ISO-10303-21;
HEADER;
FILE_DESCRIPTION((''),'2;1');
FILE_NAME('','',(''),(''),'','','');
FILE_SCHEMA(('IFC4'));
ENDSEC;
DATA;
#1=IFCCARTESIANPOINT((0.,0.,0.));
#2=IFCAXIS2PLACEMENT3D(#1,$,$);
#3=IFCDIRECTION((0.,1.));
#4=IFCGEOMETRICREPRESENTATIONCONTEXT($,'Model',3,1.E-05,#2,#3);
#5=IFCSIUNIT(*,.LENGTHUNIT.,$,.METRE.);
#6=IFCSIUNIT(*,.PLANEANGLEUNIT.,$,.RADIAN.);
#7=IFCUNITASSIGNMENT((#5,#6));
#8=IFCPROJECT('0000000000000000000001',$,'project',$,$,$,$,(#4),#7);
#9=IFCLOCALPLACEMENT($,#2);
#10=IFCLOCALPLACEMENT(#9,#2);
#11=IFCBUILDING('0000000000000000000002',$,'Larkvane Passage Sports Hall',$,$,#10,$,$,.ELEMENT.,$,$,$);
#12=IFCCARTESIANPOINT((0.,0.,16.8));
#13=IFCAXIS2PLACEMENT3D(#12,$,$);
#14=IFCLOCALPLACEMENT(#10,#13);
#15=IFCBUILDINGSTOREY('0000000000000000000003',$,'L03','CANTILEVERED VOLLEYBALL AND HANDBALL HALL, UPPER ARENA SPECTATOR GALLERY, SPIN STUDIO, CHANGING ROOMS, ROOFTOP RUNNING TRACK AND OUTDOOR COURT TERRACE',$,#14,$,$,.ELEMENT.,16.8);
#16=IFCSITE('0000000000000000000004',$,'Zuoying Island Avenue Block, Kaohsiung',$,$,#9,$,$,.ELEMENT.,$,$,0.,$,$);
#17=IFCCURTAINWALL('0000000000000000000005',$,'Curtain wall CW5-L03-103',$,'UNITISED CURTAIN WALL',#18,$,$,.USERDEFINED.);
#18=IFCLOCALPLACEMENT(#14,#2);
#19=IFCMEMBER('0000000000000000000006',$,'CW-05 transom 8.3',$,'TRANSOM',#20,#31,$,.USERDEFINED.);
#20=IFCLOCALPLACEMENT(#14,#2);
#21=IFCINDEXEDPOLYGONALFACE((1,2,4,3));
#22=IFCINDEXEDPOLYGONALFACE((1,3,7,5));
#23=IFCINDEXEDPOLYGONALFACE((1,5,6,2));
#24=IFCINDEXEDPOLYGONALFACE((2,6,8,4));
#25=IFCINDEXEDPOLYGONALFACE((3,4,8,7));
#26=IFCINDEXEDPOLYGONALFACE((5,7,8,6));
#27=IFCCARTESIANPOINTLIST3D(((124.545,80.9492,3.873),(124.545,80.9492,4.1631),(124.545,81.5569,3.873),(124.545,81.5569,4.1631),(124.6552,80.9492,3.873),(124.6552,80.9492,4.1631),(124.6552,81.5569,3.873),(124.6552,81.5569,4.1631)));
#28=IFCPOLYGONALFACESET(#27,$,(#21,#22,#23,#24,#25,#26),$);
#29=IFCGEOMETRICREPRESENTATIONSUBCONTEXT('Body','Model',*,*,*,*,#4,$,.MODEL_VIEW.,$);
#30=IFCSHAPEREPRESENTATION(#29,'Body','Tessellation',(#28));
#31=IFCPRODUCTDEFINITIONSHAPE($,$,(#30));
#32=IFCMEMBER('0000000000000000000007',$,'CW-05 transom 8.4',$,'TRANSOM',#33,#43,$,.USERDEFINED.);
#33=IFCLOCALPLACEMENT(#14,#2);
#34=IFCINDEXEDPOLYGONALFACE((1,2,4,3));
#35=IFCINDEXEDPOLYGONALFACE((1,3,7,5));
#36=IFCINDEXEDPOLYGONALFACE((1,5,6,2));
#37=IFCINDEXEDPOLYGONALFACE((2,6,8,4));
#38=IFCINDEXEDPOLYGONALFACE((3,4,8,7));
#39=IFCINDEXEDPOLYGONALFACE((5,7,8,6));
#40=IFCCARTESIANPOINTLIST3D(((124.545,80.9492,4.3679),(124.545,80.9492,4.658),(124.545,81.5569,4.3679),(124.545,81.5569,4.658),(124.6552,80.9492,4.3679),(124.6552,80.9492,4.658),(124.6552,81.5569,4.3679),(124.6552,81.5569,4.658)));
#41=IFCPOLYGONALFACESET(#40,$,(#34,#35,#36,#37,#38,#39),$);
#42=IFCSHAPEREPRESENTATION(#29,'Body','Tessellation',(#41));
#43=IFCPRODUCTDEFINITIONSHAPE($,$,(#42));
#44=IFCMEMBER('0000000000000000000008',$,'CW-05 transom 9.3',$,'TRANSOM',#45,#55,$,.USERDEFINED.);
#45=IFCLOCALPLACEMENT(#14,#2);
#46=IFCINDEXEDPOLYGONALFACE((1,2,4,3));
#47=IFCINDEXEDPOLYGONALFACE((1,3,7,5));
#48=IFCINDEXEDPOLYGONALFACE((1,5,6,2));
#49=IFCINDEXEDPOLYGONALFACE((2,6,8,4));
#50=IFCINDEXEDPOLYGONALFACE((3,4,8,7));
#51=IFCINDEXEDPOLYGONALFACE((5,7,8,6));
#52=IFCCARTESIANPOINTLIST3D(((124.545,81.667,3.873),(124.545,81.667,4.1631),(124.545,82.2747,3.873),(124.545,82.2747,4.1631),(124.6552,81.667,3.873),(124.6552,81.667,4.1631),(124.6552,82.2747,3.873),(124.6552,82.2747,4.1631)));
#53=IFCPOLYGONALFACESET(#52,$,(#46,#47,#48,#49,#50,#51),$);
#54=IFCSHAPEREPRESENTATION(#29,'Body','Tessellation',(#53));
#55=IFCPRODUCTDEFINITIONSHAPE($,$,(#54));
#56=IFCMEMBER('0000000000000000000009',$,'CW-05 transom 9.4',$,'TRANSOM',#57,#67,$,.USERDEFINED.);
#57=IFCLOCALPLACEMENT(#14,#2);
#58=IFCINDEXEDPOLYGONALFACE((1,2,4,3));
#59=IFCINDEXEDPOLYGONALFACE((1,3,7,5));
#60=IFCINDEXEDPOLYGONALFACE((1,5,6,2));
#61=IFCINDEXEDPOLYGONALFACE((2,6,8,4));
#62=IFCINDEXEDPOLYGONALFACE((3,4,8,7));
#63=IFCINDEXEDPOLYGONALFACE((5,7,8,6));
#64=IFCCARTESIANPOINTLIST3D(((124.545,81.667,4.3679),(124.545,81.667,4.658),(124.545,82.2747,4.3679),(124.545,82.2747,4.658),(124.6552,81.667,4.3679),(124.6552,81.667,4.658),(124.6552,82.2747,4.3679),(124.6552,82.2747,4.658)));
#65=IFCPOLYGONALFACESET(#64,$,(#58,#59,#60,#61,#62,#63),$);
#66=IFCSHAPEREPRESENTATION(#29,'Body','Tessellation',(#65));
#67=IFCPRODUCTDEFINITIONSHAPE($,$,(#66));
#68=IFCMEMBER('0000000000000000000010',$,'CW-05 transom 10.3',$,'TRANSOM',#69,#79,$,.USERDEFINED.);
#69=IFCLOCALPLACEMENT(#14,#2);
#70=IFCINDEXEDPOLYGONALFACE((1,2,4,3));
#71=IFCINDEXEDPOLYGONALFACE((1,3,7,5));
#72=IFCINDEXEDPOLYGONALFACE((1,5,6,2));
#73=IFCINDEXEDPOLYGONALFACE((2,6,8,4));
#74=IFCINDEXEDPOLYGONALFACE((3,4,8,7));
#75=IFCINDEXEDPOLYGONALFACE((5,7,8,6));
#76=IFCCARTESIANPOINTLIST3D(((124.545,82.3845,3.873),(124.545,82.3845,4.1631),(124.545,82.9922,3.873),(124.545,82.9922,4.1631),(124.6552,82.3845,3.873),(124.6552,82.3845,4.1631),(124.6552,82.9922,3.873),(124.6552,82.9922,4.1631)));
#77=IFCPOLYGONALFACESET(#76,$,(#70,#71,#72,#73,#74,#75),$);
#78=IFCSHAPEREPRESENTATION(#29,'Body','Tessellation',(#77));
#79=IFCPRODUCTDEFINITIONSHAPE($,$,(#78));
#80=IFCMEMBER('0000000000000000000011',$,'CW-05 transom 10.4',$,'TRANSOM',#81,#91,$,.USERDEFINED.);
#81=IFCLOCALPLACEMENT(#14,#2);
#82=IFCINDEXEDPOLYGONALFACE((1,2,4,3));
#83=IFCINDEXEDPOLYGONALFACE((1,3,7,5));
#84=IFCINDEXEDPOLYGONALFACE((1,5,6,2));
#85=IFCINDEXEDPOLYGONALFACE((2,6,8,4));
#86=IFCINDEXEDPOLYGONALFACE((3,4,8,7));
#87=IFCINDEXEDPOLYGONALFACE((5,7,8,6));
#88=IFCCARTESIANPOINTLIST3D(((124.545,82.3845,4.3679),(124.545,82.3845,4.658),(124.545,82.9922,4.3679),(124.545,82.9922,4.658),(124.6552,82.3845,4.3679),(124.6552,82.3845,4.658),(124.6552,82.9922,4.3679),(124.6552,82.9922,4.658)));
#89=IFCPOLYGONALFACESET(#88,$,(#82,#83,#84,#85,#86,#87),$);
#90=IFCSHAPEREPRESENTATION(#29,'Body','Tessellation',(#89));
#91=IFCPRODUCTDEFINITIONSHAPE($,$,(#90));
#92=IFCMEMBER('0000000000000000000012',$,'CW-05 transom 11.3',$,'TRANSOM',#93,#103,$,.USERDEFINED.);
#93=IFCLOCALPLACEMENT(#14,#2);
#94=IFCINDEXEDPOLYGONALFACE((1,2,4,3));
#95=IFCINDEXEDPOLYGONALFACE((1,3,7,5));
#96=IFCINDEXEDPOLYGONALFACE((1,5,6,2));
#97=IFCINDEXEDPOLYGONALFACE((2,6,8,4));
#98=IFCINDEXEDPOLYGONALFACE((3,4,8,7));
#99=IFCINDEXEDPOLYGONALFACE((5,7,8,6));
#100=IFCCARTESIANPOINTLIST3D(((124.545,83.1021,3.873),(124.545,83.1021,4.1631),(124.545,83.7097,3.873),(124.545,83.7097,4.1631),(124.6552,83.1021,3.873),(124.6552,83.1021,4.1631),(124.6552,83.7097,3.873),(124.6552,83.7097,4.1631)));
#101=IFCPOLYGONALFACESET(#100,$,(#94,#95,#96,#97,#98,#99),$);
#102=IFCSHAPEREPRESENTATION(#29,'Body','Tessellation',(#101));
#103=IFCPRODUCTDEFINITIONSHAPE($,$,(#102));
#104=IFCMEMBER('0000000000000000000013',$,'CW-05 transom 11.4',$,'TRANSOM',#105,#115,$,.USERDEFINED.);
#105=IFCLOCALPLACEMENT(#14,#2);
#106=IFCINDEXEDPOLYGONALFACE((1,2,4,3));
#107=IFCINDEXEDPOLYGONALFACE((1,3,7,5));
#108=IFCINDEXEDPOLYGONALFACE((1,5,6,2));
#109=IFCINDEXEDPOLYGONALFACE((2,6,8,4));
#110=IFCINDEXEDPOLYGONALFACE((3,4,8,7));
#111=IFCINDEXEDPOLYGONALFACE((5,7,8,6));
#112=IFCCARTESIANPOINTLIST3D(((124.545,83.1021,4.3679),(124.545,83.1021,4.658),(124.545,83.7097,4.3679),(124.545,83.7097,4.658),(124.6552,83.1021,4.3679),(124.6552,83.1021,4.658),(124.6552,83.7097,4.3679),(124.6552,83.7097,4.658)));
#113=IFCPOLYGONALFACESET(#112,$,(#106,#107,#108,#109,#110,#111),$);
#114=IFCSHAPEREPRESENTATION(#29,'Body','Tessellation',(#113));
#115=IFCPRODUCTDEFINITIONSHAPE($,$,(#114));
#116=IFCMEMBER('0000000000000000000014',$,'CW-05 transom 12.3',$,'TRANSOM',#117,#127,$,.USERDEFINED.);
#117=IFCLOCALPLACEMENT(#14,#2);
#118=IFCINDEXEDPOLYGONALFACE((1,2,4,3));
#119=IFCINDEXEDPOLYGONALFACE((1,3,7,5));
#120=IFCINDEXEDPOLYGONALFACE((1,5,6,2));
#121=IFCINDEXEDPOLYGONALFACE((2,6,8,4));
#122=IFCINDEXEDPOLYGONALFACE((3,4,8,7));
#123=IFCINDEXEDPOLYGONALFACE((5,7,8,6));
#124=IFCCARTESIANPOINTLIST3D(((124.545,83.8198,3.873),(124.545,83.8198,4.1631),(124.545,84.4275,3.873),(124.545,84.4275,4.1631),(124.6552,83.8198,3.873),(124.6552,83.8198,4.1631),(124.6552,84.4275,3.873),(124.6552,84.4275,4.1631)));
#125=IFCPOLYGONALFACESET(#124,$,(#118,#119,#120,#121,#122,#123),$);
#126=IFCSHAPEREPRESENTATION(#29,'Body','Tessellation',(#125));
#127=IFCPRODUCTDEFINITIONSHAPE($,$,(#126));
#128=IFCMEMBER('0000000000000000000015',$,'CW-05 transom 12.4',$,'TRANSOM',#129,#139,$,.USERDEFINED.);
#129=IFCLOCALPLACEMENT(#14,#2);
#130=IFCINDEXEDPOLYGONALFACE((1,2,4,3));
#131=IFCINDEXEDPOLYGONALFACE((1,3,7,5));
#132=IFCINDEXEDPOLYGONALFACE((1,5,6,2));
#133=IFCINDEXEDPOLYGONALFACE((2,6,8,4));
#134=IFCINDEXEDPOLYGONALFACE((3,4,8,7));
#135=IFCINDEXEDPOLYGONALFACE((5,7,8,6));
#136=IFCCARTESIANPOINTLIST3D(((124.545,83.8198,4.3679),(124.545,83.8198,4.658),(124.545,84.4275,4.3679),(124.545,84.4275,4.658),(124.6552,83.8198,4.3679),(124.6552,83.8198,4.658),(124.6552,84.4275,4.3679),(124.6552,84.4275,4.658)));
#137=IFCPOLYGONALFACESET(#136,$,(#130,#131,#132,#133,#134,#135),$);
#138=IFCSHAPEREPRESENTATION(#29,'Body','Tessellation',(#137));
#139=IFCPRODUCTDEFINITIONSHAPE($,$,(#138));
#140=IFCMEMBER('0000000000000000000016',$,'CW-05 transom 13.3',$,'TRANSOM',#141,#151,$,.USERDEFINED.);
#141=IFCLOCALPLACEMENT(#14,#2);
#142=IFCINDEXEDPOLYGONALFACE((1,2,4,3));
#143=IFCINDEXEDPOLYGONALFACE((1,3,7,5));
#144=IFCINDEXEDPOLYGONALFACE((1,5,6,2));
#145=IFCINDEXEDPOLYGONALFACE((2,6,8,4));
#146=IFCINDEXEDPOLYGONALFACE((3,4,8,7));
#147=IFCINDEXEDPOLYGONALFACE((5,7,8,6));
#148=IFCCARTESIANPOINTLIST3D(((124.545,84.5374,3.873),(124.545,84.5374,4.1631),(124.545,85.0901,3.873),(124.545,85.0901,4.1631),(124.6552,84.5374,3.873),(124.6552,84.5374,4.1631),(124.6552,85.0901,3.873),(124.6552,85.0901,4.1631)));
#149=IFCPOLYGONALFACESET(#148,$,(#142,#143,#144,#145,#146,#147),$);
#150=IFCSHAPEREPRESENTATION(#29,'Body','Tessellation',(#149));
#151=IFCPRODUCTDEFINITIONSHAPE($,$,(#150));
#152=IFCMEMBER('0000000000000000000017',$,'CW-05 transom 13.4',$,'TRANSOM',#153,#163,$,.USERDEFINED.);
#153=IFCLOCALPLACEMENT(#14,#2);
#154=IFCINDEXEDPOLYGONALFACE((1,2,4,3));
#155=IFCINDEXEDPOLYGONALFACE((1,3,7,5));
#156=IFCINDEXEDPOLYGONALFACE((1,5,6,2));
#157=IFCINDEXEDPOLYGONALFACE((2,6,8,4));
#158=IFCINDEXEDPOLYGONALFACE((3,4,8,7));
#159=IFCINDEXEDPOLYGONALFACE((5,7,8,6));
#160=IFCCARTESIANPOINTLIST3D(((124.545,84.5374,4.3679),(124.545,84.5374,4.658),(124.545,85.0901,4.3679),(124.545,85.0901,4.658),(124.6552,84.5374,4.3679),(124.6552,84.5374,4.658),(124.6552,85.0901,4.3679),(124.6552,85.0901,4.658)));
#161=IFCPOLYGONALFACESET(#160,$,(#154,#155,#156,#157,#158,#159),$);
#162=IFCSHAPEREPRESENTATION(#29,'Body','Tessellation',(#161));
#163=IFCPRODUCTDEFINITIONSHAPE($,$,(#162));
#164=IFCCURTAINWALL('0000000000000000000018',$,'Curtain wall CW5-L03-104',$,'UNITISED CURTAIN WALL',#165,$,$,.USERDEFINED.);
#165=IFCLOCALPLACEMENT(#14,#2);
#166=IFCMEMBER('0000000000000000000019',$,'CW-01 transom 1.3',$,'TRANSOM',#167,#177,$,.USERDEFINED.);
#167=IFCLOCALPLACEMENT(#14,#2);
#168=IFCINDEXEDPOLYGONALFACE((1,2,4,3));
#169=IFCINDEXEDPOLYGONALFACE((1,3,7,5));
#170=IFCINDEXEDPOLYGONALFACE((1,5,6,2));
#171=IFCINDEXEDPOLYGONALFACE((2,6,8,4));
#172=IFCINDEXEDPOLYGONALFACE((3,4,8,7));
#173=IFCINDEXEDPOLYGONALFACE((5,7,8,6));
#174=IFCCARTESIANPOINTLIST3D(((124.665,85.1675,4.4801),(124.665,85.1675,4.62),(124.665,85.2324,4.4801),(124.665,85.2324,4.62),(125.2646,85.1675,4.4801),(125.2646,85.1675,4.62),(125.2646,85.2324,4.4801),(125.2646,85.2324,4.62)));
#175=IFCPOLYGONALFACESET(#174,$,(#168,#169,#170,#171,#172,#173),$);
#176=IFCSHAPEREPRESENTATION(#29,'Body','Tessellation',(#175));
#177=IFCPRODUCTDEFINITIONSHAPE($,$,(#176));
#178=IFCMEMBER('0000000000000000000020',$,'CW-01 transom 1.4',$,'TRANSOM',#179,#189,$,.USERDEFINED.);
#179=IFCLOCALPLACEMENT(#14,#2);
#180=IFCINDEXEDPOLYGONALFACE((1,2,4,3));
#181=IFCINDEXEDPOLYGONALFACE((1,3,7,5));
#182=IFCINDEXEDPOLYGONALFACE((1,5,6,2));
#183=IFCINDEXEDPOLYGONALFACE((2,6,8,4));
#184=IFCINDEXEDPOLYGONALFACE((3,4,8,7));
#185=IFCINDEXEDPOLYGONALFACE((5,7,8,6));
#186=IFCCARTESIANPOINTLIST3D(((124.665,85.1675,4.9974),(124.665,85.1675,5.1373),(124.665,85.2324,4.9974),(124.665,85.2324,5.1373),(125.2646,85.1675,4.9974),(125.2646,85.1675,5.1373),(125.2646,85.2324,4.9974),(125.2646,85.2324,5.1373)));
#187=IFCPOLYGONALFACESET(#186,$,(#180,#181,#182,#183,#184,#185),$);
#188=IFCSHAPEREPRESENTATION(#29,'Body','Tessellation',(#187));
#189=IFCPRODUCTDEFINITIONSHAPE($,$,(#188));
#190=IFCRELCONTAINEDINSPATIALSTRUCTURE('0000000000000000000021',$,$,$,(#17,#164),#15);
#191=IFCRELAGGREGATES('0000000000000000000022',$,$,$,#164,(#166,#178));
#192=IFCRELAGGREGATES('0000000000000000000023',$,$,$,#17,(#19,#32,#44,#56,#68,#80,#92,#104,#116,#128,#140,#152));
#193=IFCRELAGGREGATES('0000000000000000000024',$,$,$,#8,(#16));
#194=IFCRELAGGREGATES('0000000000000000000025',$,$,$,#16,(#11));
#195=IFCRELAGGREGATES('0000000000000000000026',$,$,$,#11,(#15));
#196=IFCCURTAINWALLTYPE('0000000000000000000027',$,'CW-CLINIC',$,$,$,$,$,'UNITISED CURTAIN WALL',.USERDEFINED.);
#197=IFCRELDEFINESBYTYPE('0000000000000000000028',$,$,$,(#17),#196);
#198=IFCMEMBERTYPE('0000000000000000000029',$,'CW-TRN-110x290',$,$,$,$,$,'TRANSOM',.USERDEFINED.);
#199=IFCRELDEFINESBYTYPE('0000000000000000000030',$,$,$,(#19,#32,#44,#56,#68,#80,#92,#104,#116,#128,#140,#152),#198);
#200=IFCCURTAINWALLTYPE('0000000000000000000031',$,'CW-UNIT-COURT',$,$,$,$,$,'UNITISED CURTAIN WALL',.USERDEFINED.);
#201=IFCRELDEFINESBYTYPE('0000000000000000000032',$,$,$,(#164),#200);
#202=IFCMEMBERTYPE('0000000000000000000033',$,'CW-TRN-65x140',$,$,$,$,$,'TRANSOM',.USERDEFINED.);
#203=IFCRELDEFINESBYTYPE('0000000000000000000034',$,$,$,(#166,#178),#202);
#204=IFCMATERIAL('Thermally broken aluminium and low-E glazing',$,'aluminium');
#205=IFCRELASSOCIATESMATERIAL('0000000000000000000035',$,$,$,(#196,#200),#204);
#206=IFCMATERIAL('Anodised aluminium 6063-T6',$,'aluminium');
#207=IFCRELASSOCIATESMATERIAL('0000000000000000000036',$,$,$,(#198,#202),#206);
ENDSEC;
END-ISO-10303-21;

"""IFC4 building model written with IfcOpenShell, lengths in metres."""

from ifc_helpers import new_model, si_unit, direction, frame, origin, origin_2d, place, context, subcontext, project, spatial, rectangle, extrude, material, material_profile, profile_set, type_object, element, aggregate, save


model = new_model("IFC4")

# Units and contexts
model_context = context("Model", 3, precision=1e-05, world=origin(), true_north=direction((0.0, 1.0)))
body_context = subcontext(model_context, "Body", "Model", "MODEL_VIEW")
ifc_project = project(units=[si_unit("LENGTHUNIT", "METRE"), si_unit("PLANEANGLEUNIT", "RADIAN")], contexts=[model_context])

# Site, building, storey
site_placement = place(None, origin())
site = spatial("IfcSite", under=ifc_project, at=site_placement, Name="Zuoying Island Avenue Block, Kaohsiung", CompositionType="ELEMENT", RefElevation=0.0)
building_placement = place(site_placement, origin())
building = spatial("IfcBuilding", under=site, at=building_placement, Name="Larkvane Passage Sports Hall", CompositionType="ELEMENT")
storey_placement = place(building_placement, frame((0.0, 0.0, 16.8)))
storey = spatial("IfcBuildingStorey", under=building, at=storey_placement, Name="L03", Description="CANTILEVERED VOLLEYBALL AND HANDBALL HALL, UPPER ARENA SPECTATOR GALLERY, SPIN STUDIO, CHANGING ROOMS, ROOFTOP RUNNING TRACK AND OUTDOOR COURT TERRACE", CompositionType="ELEMENT", Elevation=16.8)

# Curtain wall, members
ifc_material_1 = material(Name="Thermally broken aluminium and low-E glazing", Category="aluminium")
curtain_wall_type_1 = type_object("IfcCurtainWallType", Name="CW-CLINIC", ElementType="UNITISED CURTAIN WALL", PredefinedType="USERDEFINED", material=ifc_material_1)
curtain_wall_1_placement = place(storey_placement, origin())
curtain_wall_1 = element("IfcCurtainWall", 1, at=curtain_wall_1_placement, inside=storey, type_object=curtain_wall_type_1, Name="Curtain wall CW5-L03-103", ObjectType="UNITISED CURTAIN WALL", PredefinedType="USERDEFINED")
ifc_material_2 = material(Name="Anodised aluminium 6063-T6", Category="aluminium")
ifc_material_profile_1 = material_profile(ifc_material_2, rectangle(XDim=0.1101, YDim=0.29, at=origin_2d()), Name="ALU-TRN-110x290")
ifc_profile_set_1 = profile_set([ifc_material_profile_1], Name="Anodised aluminium 6063-T6")
member_type_1 = type_object("IfcMemberType", Name="CW-TRN-110x290", ElementType="TRANSOM", PredefinedType="USERDEFINED", material=ifc_profile_set_1)
member_1_placement = place(storey_placement, frame((124.6001, 80.9492, 4.0181), z_axis=(0.0, 1.0, 0.0), x_axis=(-1.0, 0.0, 0.0)))
member_1 = element("IfcMember", 2, at=member_1_placement, type_object=member_type_1, Name="CW-05 transom 8.3", ObjectType="TRANSOM", PredefinedType="USERDEFINED", context=body_context, shape_type="SweptSolid", body=[
    extrude(rectangle(XDim=0.1101, YDim=0.29, at=origin_2d()), origin(), (0.0, 0.0, 1.0), 0.6077),
])
member_2_placement = place(storey_placement, frame((124.6001, 80.9492, 4.5129), z_axis=(0.0, 1.0, 0.0), x_axis=(-1.0, 0.0, 0.0)))
member_2 = element("IfcMember", 3, at=member_2_placement, type_object=member_type_1, Name="CW-05 transom 8.4", ObjectType="TRANSOM", PredefinedType="USERDEFINED", context=body_context, shape_type="SweptSolid", body=[
    extrude(rectangle(XDim=0.1101, YDim=0.29, at=origin_2d()), origin(), (0.0, 0.0, 1.0), 0.6077),
])
member_3_placement = place(storey_placement, frame((124.6001, 81.667, 4.0181), z_axis=(0.0, 1.0, 0.0), x_axis=(-1.0, 0.0, 0.0)))
member_3 = element("IfcMember", 4, at=member_3_placement, type_object=member_type_1, Name="CW-05 transom 9.3", ObjectType="TRANSOM", PredefinedType="USERDEFINED", context=body_context, shape_type="SweptSolid", body=[
    extrude(rectangle(XDim=0.1101, YDim=0.29, at=origin_2d()), origin(), (0.0, 0.0, 1.0), 0.6077),
])
member_4_placement = place(storey_placement, frame((124.6001, 81.667, 4.5129), z_axis=(0.0, 1.0, 0.0), x_axis=(-1.0, 0.0, 0.0)))
member_4 = element("IfcMember", 5, at=member_4_placement, type_object=member_type_1, Name="CW-05 transom 9.4", ObjectType="TRANSOM", PredefinedType="USERDEFINED", context=body_context, shape_type="SweptSolid", body=[
    extrude(rectangle(XDim=0.1101, YDim=0.29, at=origin_2d()), origin(), (0.0, 0.0, 1.0), 0.6077),
])
member_5_placement = place(storey_placement, frame((124.6001, 82.3845, 4.0181), z_axis=(0.0, 1.0, 0.0), x_axis=(-1.0, 0.0, 0.0)))
member_5 = element("IfcMember", 6, at=member_5_placement, type_object=member_type_1, Name="CW-05 transom 10.3", ObjectType="TRANSOM", PredefinedType="USERDEFINED", context=body_context, shape_type="SweptSolid", body=[
    extrude(rectangle(XDim=0.1101, YDim=0.29, at=origin_2d()), origin(), (0.0, 0.0, 1.0), 0.6077),
])
member_6_placement = place(storey_placement, frame((124.6001, 82.3845, 4.5129), z_axis=(0.0, 1.0, 0.0), x_axis=(-1.0, 0.0, 0.0)))
member_6 = element("IfcMember", 7, at=member_6_placement, type_object=member_type_1, Name="CW-05 transom 10.4", ObjectType="TRANSOM", PredefinedType="USERDEFINED", context=body_context, shape_type="SweptSolid", body=[
    extrude(rectangle(XDim=0.1101, YDim=0.29, at=origin_2d()), origin(), (0.0, 0.0, 1.0), 0.6077),
])
member_7_placement = place(storey_placement, frame((124.6001, 83.1021, 4.0181), z_axis=(0.0, 1.0, 0.0), x_axis=(-1.0, 0.0, 0.0)))
member_7 = element("IfcMember", 8, at=member_7_placement, type_object=member_type_1, Name="CW-05 transom 11.3", ObjectType="TRANSOM", PredefinedType="USERDEFINED", context=body_context, shape_type="SweptSolid", body=[
    extrude(rectangle(XDim=0.1101, YDim=0.29, at=origin_2d()), origin(), (0.0, 0.0, 1.0), 0.6077),
])
member_8_placement = place(storey_placement, frame((124.6001, 83.1021, 4.5129), z_axis=(0.0, 1.0, 0.0), x_axis=(-1.0, 0.0, 0.0)))
member_8 = element("IfcMember", 9, at=member_8_placement, type_object=member_type_1, Name="CW-05 transom 11.4", ObjectType="TRANSOM", PredefinedType="USERDEFINED", context=body_context, shape_type="SweptSolid", body=[
    extrude(rectangle(XDim=0.1101, YDim=0.29, at=origin_2d()), origin(), (0.0, 0.0, 1.0), 0.6077),
])
member_9_placement = place(storey_placement, frame((124.6001, 83.8198, 4.0181), z_axis=(0.0, 1.0, 0.0), x_axis=(-1.0, 0.0, 0.0)))
member_9 = element("IfcMember", 10, at=member_9_placement, type_object=member_type_1, Name="CW-05 transom 12.3", ObjectType="TRANSOM", PredefinedType="USERDEFINED", context=body_context, shape_type="SweptSolid", body=[
    extrude(rectangle(XDim=0.1101, YDim=0.29, at=origin_2d()), origin(), (0.0, 0.0, 1.0), 0.6077),
])
member_10_placement = place(storey_placement, frame((124.6001, 83.8198, 4.5129), z_axis=(0.0, 1.0, 0.0), x_axis=(-1.0, 0.0, 0.0)))
member_10 = element("IfcMember", 11, at=member_10_placement, type_object=member_type_1, Name="CW-05 transom 12.4", ObjectType="TRANSOM", PredefinedType="USERDEFINED", context=body_context, shape_type="SweptSolid", body=[
    extrude(rectangle(XDim=0.1101, YDim=0.29, at=origin_2d()), origin(), (0.0, 0.0, 1.0), 0.6077),
])
member_11_placement = place(storey_placement, frame((124.6001, 84.5374, 4.0181), z_axis=(0.0, 1.0, 0.0), x_axis=(-1.0, 0.0, 0.0)))
member_11 = element("IfcMember", 12, at=member_11_placement, type_object=member_type_1, Name="CW-05 transom 13.3", ObjectType="TRANSOM", PredefinedType="USERDEFINED", context=body_context, shape_type="SweptSolid", body=[
    extrude(rectangle(XDim=0.1101, YDim=0.29, at=origin_2d()), origin(), (0.0, 0.0, 1.0), 0.5527),
])
member_12_placement = place(storey_placement, frame((124.6001, 84.5374, 4.5129), z_axis=(0.0, 1.0, 0.0), x_axis=(-1.0, 0.0, 0.0)))
member_12 = element("IfcMember", 13, at=member_12_placement, type_object=member_type_1, Name="CW-05 transom 13.4", ObjectType="TRANSOM", PredefinedType="USERDEFINED", context=body_context, shape_type="SweptSolid", body=[
    extrude(rectangle(XDim=0.1101, YDim=0.29, at=origin_2d()), origin(), (0.0, 0.0, 1.0), 0.5527),
])

# Curtain wall, members
curtain_wall_type_2 = type_object("IfcCurtainWallType", Name="CW-UNIT-COURT", ElementType="UNITISED CURTAIN WALL", PredefinedType="USERDEFINED", material=ifc_material_1)
curtain_wall_2_placement = place(storey_placement, origin())
curtain_wall_2 = element("IfcCurtainWall", 14, at=curtain_wall_2_placement, inside=storey, type_object=curtain_wall_type_2, Name="Curtain wall CW5-L03-104", ObjectType="UNITISED CURTAIN WALL", PredefinedType="USERDEFINED")
ifc_material_profile_2 = material_profile(ifc_material_2, rectangle(XDim=0.0649, YDim=0.1399, at=origin_2d()), Name="ALU-TRN-65x140")
ifc_profile_set_2 = profile_set([ifc_material_profile_2], Name="Anodised aluminium 6063-T6")
member_type_2 = type_object("IfcMemberType", Name="CW-TRN-65x140", ElementType="TRANSOM", PredefinedType="USERDEFINED", material=ifc_profile_set_2)
member_13_placement = place(storey_placement, frame((124.665, 85.2, 4.55), z_axis=(1.0, 0.0, 0.0), x_axis=(0.0, 1.0, 0.0)))
member_13 = element("IfcMember", 15, at=member_13_placement, type_object=member_type_2, Name="CW-01 transom 1.3", ObjectType="TRANSOM", PredefinedType="USERDEFINED", context=body_context, shape_type="SweptSolid", body=[
    extrude(rectangle(XDim=0.0649, YDim=0.1399, at=origin_2d()), origin(), (0.0, 0.0, 1.0), 0.5996),
])
member_14_placement = place(storey_placement, frame((124.665, 85.2, 5.0674), z_axis=(1.0, 0.0, 0.0), x_axis=(0.0, 1.0, 0.0)))
member_14 = element("IfcMember", 16, at=member_14_placement, type_object=member_type_2, Name="CW-01 transom 1.4", ObjectType="TRANSOM", PredefinedType="USERDEFINED", context=body_context, shape_type="SweptSolid", body=[
    extrude(rectangle(XDim=0.0649, YDim=0.1399, at=origin_2d()), origin(), (0.0, 0.0, 1.0), 0.5996),
])
aggregate(curtain_wall_2, [member_13, member_14])

aggregate(curtain_wall_1, [member_1, member_2, member_3, member_4, member_5, member_6, member_7, member_8, member_9, member_10, member_11, member_12])

save(model, "model.ifc")
